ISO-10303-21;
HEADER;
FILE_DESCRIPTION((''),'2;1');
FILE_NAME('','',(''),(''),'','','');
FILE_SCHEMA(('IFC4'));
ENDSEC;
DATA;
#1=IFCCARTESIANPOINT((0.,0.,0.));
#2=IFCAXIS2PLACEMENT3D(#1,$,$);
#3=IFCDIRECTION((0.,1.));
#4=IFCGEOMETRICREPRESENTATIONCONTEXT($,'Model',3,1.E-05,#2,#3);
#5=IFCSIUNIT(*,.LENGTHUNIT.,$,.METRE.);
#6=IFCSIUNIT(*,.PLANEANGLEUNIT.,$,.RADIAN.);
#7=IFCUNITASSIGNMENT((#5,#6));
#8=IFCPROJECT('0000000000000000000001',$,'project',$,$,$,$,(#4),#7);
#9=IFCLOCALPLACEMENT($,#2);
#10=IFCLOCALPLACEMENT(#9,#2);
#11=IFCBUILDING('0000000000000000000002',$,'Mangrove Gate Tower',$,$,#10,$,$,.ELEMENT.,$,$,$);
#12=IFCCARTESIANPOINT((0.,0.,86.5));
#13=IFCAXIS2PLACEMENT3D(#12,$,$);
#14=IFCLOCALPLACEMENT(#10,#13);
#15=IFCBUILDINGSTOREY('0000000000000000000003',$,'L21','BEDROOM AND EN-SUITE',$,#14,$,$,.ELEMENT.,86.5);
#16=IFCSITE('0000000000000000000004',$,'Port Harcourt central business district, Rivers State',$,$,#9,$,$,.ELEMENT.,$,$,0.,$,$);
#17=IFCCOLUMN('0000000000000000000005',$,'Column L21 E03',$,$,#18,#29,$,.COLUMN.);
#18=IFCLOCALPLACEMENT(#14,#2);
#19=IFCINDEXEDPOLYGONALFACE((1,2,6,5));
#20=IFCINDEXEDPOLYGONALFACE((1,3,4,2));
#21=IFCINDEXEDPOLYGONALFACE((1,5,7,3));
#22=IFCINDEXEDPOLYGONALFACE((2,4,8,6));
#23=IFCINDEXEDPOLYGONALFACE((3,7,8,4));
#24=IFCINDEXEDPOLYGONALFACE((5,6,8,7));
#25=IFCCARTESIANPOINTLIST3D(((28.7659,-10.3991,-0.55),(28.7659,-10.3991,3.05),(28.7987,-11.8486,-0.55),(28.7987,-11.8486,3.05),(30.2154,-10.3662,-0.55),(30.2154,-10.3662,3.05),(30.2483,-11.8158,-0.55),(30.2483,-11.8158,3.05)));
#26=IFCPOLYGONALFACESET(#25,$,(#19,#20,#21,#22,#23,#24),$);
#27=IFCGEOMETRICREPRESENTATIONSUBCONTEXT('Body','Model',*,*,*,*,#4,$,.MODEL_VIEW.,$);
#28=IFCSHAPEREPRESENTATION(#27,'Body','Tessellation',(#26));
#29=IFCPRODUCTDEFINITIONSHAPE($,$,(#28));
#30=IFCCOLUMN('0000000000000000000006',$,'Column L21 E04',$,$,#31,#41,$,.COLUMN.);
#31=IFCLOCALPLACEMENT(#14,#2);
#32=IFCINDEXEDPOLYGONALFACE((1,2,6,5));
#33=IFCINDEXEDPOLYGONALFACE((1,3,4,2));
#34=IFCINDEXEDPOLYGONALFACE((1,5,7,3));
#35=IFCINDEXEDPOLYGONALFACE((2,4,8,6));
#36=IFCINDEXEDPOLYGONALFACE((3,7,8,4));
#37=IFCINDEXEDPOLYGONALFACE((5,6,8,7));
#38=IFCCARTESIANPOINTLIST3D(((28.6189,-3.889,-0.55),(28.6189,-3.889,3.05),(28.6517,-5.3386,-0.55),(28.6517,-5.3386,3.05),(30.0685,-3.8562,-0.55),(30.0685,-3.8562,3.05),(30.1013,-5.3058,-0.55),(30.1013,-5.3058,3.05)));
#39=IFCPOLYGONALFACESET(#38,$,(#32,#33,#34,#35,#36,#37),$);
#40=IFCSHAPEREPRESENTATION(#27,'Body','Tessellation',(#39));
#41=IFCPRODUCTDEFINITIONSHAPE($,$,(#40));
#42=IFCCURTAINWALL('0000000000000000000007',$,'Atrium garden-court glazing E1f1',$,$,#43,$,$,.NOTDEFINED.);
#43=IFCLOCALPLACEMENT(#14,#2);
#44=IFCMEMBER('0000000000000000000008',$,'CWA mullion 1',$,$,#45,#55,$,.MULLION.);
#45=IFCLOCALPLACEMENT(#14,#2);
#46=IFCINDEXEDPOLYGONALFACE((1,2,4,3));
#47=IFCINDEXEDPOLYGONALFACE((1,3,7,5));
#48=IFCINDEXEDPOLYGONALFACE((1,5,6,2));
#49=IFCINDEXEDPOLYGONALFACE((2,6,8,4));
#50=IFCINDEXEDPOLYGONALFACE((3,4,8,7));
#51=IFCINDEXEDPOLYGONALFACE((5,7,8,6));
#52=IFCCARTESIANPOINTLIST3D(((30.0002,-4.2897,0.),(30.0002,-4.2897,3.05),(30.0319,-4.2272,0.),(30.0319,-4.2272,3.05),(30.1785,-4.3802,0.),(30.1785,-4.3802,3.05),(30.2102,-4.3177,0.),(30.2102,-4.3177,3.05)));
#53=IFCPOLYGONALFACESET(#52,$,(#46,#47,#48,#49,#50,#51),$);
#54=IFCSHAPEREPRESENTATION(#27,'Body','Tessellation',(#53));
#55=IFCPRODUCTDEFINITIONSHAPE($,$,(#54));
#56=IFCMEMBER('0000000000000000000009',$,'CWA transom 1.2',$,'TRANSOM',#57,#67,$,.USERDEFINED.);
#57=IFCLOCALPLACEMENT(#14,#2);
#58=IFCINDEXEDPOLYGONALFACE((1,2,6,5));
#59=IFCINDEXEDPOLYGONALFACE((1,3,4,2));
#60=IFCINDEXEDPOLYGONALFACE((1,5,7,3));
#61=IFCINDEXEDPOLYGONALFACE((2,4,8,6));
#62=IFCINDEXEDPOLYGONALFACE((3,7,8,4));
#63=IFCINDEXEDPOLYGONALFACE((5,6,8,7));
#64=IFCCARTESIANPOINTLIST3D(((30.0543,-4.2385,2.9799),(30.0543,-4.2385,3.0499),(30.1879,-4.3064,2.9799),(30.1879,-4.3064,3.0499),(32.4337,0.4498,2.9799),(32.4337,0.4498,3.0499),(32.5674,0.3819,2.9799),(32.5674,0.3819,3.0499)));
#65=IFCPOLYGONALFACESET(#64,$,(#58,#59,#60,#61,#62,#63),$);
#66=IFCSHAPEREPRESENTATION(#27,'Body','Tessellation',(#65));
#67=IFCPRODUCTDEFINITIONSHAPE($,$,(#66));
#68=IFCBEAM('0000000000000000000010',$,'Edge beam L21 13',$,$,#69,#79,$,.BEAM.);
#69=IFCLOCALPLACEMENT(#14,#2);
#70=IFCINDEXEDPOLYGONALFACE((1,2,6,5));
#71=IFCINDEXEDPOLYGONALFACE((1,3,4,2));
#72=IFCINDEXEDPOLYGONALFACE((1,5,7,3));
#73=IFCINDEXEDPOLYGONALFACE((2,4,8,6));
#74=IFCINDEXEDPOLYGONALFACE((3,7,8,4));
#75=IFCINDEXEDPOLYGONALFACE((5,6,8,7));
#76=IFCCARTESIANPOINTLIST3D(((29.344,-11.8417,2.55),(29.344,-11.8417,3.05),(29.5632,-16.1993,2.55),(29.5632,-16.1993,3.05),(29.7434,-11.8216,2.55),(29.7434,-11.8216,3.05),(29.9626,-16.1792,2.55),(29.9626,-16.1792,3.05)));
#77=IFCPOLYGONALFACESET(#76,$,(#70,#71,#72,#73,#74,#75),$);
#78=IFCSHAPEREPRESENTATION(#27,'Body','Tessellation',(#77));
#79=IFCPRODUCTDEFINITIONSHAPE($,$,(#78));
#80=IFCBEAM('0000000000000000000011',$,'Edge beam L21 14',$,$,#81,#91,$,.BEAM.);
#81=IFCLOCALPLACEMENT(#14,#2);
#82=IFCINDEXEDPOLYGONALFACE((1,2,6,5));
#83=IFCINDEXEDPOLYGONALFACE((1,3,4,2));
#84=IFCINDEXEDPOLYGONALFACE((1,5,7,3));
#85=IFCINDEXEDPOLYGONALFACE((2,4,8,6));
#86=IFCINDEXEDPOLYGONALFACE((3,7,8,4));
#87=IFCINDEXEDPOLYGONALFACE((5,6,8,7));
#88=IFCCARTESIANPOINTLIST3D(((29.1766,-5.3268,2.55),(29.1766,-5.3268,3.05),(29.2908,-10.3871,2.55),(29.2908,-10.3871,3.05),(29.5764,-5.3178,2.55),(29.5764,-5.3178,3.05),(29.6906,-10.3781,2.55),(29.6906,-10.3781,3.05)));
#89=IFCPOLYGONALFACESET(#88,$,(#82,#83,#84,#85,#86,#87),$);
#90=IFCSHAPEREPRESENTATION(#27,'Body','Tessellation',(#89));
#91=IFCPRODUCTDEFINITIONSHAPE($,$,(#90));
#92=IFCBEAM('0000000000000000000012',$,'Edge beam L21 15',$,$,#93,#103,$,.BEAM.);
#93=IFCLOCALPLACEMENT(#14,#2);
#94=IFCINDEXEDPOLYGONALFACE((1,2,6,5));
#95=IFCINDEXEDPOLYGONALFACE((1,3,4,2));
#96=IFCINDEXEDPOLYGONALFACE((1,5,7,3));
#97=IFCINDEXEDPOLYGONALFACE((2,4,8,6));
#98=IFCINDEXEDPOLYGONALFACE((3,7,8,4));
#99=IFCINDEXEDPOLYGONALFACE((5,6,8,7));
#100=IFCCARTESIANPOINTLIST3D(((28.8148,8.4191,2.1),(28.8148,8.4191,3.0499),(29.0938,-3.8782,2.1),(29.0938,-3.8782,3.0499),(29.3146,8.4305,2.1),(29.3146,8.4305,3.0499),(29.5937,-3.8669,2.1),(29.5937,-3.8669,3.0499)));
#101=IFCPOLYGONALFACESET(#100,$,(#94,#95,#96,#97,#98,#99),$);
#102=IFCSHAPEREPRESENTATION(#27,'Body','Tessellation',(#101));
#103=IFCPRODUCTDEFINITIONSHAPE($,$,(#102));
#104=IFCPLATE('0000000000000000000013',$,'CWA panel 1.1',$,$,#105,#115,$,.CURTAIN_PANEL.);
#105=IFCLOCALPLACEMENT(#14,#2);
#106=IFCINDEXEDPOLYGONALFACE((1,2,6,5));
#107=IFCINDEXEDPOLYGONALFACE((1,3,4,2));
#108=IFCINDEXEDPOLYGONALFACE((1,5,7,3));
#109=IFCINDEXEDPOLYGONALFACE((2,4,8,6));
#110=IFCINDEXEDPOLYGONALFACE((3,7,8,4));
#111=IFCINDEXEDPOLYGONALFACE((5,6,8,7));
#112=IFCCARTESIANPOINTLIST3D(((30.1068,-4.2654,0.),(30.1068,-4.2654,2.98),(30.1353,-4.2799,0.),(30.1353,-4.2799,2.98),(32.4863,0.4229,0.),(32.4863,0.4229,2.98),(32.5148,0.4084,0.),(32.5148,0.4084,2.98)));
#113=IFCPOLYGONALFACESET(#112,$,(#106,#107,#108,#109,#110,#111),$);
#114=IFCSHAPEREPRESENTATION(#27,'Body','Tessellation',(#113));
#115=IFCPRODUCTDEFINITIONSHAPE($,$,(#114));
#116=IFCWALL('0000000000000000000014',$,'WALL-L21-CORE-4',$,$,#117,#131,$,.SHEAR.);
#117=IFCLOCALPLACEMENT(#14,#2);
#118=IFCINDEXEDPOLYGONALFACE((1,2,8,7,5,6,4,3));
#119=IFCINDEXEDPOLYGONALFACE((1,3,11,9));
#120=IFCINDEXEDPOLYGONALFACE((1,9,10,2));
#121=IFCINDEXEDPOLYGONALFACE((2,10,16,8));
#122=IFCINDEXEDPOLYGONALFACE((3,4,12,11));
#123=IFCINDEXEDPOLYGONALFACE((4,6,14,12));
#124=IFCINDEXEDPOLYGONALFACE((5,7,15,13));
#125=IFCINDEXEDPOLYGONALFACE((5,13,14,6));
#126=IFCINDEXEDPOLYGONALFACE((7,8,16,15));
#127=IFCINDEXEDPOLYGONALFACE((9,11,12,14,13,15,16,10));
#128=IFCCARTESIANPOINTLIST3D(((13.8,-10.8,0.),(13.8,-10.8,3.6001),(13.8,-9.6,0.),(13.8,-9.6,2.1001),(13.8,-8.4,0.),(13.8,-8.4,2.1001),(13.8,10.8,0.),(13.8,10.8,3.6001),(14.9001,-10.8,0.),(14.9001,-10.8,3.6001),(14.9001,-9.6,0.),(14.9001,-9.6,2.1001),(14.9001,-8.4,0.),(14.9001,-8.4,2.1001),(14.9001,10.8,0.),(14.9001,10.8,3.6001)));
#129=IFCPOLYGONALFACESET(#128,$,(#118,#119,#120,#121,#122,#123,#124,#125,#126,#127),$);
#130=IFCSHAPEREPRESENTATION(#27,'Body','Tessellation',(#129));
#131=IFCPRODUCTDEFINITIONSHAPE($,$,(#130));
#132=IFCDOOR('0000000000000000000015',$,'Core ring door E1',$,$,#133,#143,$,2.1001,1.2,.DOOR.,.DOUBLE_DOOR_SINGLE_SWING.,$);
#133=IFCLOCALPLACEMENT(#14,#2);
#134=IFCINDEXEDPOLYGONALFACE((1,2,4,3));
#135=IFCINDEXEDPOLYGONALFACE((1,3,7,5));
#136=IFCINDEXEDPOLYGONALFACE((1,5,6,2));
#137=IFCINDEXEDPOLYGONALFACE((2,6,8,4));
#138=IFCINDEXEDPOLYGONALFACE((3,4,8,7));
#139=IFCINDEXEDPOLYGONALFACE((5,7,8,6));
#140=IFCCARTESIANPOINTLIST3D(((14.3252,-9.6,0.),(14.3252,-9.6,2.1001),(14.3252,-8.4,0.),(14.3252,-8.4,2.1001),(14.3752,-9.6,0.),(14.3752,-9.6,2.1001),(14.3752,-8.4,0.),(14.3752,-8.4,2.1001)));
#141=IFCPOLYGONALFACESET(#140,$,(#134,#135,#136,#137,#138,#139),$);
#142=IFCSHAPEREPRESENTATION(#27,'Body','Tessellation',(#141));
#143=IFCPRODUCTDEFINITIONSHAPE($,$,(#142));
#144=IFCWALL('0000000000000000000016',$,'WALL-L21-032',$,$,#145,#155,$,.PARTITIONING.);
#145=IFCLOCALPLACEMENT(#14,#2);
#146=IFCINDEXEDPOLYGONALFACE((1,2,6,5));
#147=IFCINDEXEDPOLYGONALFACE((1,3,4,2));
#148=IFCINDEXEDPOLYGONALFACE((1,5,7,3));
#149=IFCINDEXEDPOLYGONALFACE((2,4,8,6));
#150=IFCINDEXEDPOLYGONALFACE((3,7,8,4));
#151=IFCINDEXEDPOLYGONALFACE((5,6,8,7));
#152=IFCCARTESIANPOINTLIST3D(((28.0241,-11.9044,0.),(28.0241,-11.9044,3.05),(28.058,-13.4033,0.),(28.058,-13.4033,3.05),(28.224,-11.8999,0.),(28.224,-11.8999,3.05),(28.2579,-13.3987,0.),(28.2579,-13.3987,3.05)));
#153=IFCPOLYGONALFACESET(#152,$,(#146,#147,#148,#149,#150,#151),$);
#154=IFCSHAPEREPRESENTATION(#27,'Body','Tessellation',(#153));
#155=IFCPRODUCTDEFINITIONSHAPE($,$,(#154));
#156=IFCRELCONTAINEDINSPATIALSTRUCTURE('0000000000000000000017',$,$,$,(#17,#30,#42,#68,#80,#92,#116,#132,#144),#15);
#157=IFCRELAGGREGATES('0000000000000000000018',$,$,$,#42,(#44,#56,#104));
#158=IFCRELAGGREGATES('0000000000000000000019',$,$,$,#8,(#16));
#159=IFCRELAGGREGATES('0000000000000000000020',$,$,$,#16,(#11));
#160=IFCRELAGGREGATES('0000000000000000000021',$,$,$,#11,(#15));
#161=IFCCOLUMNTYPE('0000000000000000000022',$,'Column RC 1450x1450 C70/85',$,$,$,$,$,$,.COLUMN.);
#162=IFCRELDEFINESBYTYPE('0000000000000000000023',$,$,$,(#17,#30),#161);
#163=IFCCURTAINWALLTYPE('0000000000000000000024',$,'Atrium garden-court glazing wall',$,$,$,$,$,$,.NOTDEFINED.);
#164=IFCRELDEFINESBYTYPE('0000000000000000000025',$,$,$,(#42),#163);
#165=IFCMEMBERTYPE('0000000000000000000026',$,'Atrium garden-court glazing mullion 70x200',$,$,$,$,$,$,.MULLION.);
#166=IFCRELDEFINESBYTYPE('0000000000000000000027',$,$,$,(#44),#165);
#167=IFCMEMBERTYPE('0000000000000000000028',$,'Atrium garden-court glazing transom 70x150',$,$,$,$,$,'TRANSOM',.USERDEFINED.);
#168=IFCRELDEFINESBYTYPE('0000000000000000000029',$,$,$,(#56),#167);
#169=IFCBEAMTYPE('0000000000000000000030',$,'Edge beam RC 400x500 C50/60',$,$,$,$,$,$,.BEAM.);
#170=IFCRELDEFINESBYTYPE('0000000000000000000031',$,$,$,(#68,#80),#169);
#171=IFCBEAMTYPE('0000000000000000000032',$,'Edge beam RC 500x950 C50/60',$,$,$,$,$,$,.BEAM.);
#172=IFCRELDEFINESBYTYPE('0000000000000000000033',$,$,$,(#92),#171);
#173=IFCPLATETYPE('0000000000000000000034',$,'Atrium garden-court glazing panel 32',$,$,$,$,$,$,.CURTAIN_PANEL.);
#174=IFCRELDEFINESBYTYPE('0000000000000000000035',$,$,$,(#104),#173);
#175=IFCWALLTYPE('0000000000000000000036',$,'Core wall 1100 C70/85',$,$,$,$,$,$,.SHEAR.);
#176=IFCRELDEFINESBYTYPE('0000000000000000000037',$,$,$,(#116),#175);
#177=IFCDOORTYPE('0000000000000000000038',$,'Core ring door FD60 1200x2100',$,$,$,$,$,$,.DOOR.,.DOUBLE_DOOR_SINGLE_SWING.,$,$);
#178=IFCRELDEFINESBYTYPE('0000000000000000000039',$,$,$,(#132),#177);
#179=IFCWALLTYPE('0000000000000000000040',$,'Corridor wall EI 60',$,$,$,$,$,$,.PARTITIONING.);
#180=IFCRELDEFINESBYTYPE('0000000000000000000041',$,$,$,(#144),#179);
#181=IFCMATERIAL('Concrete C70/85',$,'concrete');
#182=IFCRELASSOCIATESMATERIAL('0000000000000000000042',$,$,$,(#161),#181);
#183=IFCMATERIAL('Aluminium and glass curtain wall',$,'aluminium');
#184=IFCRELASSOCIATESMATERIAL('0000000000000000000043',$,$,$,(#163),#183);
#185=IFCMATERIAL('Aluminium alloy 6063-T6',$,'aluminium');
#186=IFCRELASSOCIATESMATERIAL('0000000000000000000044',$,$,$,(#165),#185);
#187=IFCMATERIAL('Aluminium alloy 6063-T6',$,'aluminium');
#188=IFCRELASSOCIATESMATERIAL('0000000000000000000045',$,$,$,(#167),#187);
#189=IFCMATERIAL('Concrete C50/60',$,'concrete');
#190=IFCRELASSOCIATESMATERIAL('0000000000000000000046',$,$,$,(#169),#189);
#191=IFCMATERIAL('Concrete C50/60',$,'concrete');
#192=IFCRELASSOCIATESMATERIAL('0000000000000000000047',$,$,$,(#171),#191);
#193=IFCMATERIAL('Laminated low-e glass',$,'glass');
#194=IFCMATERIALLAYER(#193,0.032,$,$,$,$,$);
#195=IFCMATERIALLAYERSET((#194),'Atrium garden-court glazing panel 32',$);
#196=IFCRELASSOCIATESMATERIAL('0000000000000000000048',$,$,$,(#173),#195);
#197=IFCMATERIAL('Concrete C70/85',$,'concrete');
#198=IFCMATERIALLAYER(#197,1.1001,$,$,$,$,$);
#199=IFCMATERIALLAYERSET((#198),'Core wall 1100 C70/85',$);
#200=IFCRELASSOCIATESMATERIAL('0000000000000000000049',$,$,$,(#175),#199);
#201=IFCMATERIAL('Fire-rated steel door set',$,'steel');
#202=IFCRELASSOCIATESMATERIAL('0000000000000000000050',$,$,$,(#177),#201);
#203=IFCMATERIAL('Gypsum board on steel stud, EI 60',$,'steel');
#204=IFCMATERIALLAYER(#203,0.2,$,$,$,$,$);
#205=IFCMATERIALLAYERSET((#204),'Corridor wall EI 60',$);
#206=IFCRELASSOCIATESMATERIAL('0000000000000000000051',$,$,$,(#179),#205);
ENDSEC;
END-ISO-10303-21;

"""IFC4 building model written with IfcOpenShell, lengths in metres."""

from ifc_helpers import new_model, si_unit, direction, frame, frame_2d, origin, origin_2d, place, context, subcontext, project, spatial, rectangle, extrude, material, layer, layer_set, material_profile, profile_set, type_object, element, fill, aggregate, save


model = new_model("IFC4")

# Units and contexts
model_context = context("Model", 3, precision=1e-05, world=origin(), true_north=direction((0.0, 1.0)))
body_context = subcontext(model_context, "Body", "Model", "MODEL_VIEW")
ifc_project = project(units=[si_unit("LENGTHUNIT", "METRE"), si_unit("PLANEANGLEUNIT", "RADIAN")], contexts=[model_context])

# Site, building, storey
site_placement = place(None, origin())
site = spatial("IfcSite", under=ifc_project, at=site_placement, Name="Port Harcourt central business district, Rivers State", CompositionType="ELEMENT", RefElevation=0.0)
building_placement = place(site_placement, origin())
building = spatial("IfcBuilding", under=site, at=building_placement, Name="Mangrove Gate Tower", CompositionType="ELEMENT")
storey_placement = place(building_placement, frame((0.0, 0.0, 86.5)))
storey = spatial("IfcBuildingStorey", under=building, at=storey_placement, Name="L21", Description="BEDROOM AND EN-SUITE", CompositionType="ELEMENT", Elevation=86.5)

# Columns
ifc_material_1 = material(Name="Concrete C70/85", Category="concrete")
ifc_material_profile_1 = material_profile(ifc_material_1, rectangle(XDim=1.45, YDim=1.45, at=origin_2d()))
ifc_profile_set_1 = profile_set([ifc_material_profile_1], Name="Concrete C70/85")
column_type = type_object("IfcColumnType", Name="Column RC 1450x1450 C70/85", PredefinedType="COLUMN", material=ifc_profile_set_1)
for number, where, z_axis, x_axis, name in (
    (1, (29.5071, -11.1074, -0.55), (0.0, 0.0, 1.0), (-0.02265, 0.999743, 0.0), "Column L21 E03"),
    (2, (29.3601, -4.5974, -0.55), (0.0, 0.0, 1.0), (-0.022653, 0.999743, 0.0), "Column L21 E04"),
):
    element("IfcColumn", number, at=place(storey_placement, frame(where, z_axis=z_axis, x_axis=x_axis)), inside=storey, type_object=column_type, Name=name, PredefinedType="COLUMN", context=body_context, shape_type="SweptSolid", body=[
        extrude(rectangle(XDim=1.45, YDim=1.45, at=origin_2d()), origin(), (0.0, 0.0, 1.0), 3.6001),
    ])

# Curtain wall, members
ifc_material_2 = material(Name="Aluminium and glass curtain wall", Category="aluminium")
curtain_wall_type = type_object("IfcCurtainWallType", Name="Atrium garden-court glazing wall", PredefinedType="NOTDEFINED", material=ifc_material_2)
curtain_wall_placement = place(storey_placement, origin())
curtain_wall = element("IfcCurtainWall", 3, at=curtain_wall_placement, inside=storey, type_object=curtain_wall_type, Name="Atrium garden-court glazing E1f1", PredefinedType="NOTDEFINED")
ifc_material_3 = material(Name="Aluminium alloy 6063-T6", Category="aluminium")
ifc_material_profile_2 = material_profile(ifc_material_3, rectangle(XDim=0.0701, YDim=0.2, at=origin_2d()))
ifc_profile_set_2 = profile_set([ifc_material_profile_2], Name="Aluminium alloy 6063-T6")
member_type_1 = type_object("IfcMemberType", Name="Atrium garden-court glazing mullion 70x200", PredefinedType="MULLION", material=ifc_profile_set_2)
member_1_placement = place(storey_placement, frame((30.1052, -4.3037, 0.0), z_axis=(0.0, 0.0, 1.0), x_axis=(0.452581, 0.891723, 0.0)))
member_1 = element("IfcMember", 4, at=member_1_placement, type_object=member_type_1, Name="CWA mullion 1", PredefinedType="MULLION", context=body_context, shape_type="SweptSolid", body=[
    extrude(rectangle(XDim=0.0701, YDim=0.2, at=origin_2d()), origin(), (0.0, 0.0, 1.0), 3.05),
])
ifc_material_4 = material(Name="Aluminium alloy 6063-T6", Category="aluminium")
ifc_material_profile_3 = material_profile(ifc_material_4, rectangle(XDim=0.0701, YDim=0.1499, at=origin_2d()))
ifc_profile_set_3 = profile_set([ifc_material_profile_3], Name="Aluminium alloy 6063-T6")
member_type_2 = type_object("IfcMemberType", Name="Atrium garden-court glazing transom 70x150", ElementType="TRANSOM", PredefinedType="USERDEFINED", material=ifc_profile_set_3)
member_2_placement = place(storey_placement, frame((30.1211, -4.2725, 3.0149), z_axis=(0.452574, 0.891727, 0.0), x_axis=(0.0, 0.0, 1.0)))
member_2 = element("IfcMember", 5, at=member_2_placement, type_object=member_type_2, Name="CWA transom 1.2", ObjectType="TRANSOM", PredefinedType="USERDEFINED", context=body_context, shape_type="SweptSolid", body=[
    extrude(rectangle(XDim=0.0701, YDim=0.1499, at=origin_2d()), origin(), (0.0, 0.0, 1.0), 5.2576),
])

# Beams
ifc_material_5 = material(Name="Concrete C50/60", Category="concrete")
ifc_material_profile_4 = material_profile(ifc_material_5, rectangle(XDim=0.3999, YDim=0.5, at=origin_2d()))
ifc_profile_set_4 = profile_set([ifc_material_profile_4], Name="Concrete C50/60")
beam_type_1 = type_object("IfcBeamType", Name="Edge beam RC 400x500 C50/60", PredefinedType="BEAM", material=ifc_profile_set_4)
beam_1_placement = place(storey_placement, frame((29.7629, -16.1892, 2.8), z_axis=(-0.05025, 0.998737, 0.0), x_axis=(-0.998737, -0.05025, 0.0)))
element("IfcBeam", 6, at=beam_1_placement, inside=storey, type_object=beam_type_1, Name="Edge beam L21 13", PredefinedType="BEAM", context=body_context, shape_type="SweptSolid", body=[
    extrude(rectangle(XDim=0.3999, YDim=0.5, at=origin_2d()), origin(), (0.0, 0.0, 1.0), 4.363),
])
beam_2_placement = place(storey_placement, frame((29.4907, -10.3826, 2.8), z_axis=(-0.022573, 0.999745, 0.0), x_axis=(-0.999745, -0.022573, 0.0)))
element("IfcBeam", 7, at=beam_2_placement, inside=storey, type_object=beam_type_1, Name="Edge beam L21 14", PredefinedType="BEAM", context=body_context, shape_type="SweptSolid", body=[
    extrude(rectangle(XDim=0.3999, YDim=0.5, at=origin_2d()), origin(), (0.0, 0.0, 1.0), 5.0615),
])
ifc_material_6 = material(Name="Concrete C50/60", Category="concrete")
ifc_material_profile_5 = material_profile(ifc_material_6, rectangle(XDim=0.5, YDim=0.95, at=origin_2d()))
ifc_profile_set_5 = profile_set([ifc_material_profile_5], Name="Concrete C50/60")
beam_type_2 = type_object("IfcBeamType", Name="Edge beam RC 500x950 C50/60", PredefinedType="BEAM", material=ifc_profile_set_5)
beam_3_placement = place(storey_placement, frame((29.3438, -3.8726, 2.575), z_axis=(-0.022686, 0.999743, 0.0), x_axis=(-0.999743, -0.022686, 0.0)))
element("IfcBeam", 8, at=beam_3_placement, inside=storey, type_object=beam_type_2, Name="Edge beam L21 15", PredefinedType="BEAM", context=body_context, shape_type="SweptSolid", body=[
    extrude(rectangle(XDim=0.5, YDim=0.95, at=origin_2d()), origin(), (0.0, 0.0, 1.0), 12.3005),
])

# Plate
ifc_material_7 = material(Name="Laminated low-e glass", Category="glass")
ifc_layer_1 = layer(ifc_material_7, 0.032)
ifc_layer_set_1 = layer_set([ifc_layer_1], Name="Atrium garden-court glazing panel 32")
plate_type = type_object("IfcPlateType", Name="Atrium garden-court glazing panel 32", PredefinedType="CURTAIN_PANEL", material=ifc_layer_set_1)
plate_placement = place(storey_placement, frame((31.3108, -1.9285, 0.0), z_axis=(0.0, 0.0, 1.0), x_axis=(0.452581, 0.891723, 0.0)))
plate = element("IfcPlate", 9, at=plate_placement, type_object=plate_type, Name="CWA panel 1.1", PredefinedType="CURTAIN_PANEL", context=body_context, shape_type="SweptSolid", body=[
    extrude(rectangle(XDim=5.2576, YDim=0.032, at=origin_2d()), origin(), (0.0, 0.0, 1.0), 2.98),
])
aggregate(curtain_wall, [member_1, member_2, plate])

# Wall, opening, door
ifc_material_8 = material(Name="Concrete C70/85", Category="concrete")
ifc_layer_2 = layer(ifc_material_8, 1.1001)
ifc_layer_set_2 = layer_set([ifc_layer_2], Name="Core wall 1100 C70/85")
wall_type_1 = type_object("IfcWallType", Name="Core wall 1100 C70/85", PredefinedType="SHEAR", material=ifc_layer_set_2)
wall_1_placement = place(storey_placement, frame((14.3501, -10.8, 0.0), z_axis=(0.0, 0.0, 1.0), x_axis=(0.0, 1.0, 0.0)))
wall_1 = element("IfcWall", 10, at=wall_1_placement, inside=storey, type_object=wall_type_1, Name="WALL-L21-CORE-4", PredefinedType="SHEAR", context=body_context, shape_type="SweptSolid", body=[
    extrude(rectangle(XDim=21.6001, YDim=1.1001, at=frame_2d((10.8, 0.0))), origin(), (0.0, 0.0, 1.0), 3.6001),
])
opening_1_placement = place(wall_1_placement, frame((1.2, 0.0, 0.0)))
opening_1 = element("IfcOpeningElement", 11, at=opening_1_placement, cuts=wall_1, PredefinedType="OPENING", context=body_context, shape_type="SweptSolid", body=[
    extrude(rectangle(XDim=1.2, YDim=2.1001, at=frame_2d((0.6001, 1.05))), frame((0.0, 0.5601, 0.0), z_axis=(0.0, -1.0, 0.0), x_axis=(1.0, 0.0, 0.0)), (0.0, 0.0, 1.0), 1.1201),
])
ifc_material_9 = material(Name="Fire-rated steel door set", Category="steel")
door_type_1 = type_object("IfcDoorType", Name="Core ring door FD60 1200x2100", OperationType="DOUBLE_DOOR_SINGLE_SWING", PredefinedType="DOOR", material=ifc_material_9)
door_1_placement = place(opening_1_placement, origin())
door_1 = element("IfcDoor", 12, at=door_1_placement, inside=storey, type_object=door_type_1, Name="Core ring door E1", OperationType="DOUBLE_DOOR_SINGLE_SWING", OverallHeight=2.1001, OverallWidth=1.2, PredefinedType="DOOR", context=body_context, shape_type="SweptSolid", body=[
    extrude(rectangle(XDim=1.2, YDim=2.1001, at=frame_2d((0.6001, 1.05))), frame((0.0, 0.0249, 0.0), z_axis=(0.0, -1.0, 0.0), x_axis=(1.0, 0.0, 0.0)), (0.0, 0.0, 1.0), 0.05),
])
fill(opening_1, door_1)

# Wall
ifc_material_10 = material(Name="Gypsum board on steel stud, EI 60", Category="steel")
ifc_layer_3 = layer(ifc_material_10, 0.2)
ifc_layer_set_3 = layer_set([ifc_layer_3], Name="Corridor wall EI 60")
wall_type_2 = type_object("IfcWallType", Name="Corridor wall EI 60", PredefinedType="PARTITIONING", material=ifc_layer_set_3)
wall_2_placement = place(storey_placement, frame((28.158, -13.4009, 0.0), z_axis=(0.0, 0.0, 1.0), x_axis=(-0.022636, 0.999744, 0.0)))
element("IfcWall", 13, at=wall_2_placement, inside=storey, type_object=wall_type_2, Name="WALL-L21-032", PredefinedType="PARTITIONING", context=body_context, shape_type="SweptSolid", body=[
    extrude(rectangle(XDim=1.4993, YDim=0.2, at=frame_2d((0.7495, 0.0))), origin(), (0.0, 0.0, 1.0), 3.05),
])

save(model, "model.ifc")
